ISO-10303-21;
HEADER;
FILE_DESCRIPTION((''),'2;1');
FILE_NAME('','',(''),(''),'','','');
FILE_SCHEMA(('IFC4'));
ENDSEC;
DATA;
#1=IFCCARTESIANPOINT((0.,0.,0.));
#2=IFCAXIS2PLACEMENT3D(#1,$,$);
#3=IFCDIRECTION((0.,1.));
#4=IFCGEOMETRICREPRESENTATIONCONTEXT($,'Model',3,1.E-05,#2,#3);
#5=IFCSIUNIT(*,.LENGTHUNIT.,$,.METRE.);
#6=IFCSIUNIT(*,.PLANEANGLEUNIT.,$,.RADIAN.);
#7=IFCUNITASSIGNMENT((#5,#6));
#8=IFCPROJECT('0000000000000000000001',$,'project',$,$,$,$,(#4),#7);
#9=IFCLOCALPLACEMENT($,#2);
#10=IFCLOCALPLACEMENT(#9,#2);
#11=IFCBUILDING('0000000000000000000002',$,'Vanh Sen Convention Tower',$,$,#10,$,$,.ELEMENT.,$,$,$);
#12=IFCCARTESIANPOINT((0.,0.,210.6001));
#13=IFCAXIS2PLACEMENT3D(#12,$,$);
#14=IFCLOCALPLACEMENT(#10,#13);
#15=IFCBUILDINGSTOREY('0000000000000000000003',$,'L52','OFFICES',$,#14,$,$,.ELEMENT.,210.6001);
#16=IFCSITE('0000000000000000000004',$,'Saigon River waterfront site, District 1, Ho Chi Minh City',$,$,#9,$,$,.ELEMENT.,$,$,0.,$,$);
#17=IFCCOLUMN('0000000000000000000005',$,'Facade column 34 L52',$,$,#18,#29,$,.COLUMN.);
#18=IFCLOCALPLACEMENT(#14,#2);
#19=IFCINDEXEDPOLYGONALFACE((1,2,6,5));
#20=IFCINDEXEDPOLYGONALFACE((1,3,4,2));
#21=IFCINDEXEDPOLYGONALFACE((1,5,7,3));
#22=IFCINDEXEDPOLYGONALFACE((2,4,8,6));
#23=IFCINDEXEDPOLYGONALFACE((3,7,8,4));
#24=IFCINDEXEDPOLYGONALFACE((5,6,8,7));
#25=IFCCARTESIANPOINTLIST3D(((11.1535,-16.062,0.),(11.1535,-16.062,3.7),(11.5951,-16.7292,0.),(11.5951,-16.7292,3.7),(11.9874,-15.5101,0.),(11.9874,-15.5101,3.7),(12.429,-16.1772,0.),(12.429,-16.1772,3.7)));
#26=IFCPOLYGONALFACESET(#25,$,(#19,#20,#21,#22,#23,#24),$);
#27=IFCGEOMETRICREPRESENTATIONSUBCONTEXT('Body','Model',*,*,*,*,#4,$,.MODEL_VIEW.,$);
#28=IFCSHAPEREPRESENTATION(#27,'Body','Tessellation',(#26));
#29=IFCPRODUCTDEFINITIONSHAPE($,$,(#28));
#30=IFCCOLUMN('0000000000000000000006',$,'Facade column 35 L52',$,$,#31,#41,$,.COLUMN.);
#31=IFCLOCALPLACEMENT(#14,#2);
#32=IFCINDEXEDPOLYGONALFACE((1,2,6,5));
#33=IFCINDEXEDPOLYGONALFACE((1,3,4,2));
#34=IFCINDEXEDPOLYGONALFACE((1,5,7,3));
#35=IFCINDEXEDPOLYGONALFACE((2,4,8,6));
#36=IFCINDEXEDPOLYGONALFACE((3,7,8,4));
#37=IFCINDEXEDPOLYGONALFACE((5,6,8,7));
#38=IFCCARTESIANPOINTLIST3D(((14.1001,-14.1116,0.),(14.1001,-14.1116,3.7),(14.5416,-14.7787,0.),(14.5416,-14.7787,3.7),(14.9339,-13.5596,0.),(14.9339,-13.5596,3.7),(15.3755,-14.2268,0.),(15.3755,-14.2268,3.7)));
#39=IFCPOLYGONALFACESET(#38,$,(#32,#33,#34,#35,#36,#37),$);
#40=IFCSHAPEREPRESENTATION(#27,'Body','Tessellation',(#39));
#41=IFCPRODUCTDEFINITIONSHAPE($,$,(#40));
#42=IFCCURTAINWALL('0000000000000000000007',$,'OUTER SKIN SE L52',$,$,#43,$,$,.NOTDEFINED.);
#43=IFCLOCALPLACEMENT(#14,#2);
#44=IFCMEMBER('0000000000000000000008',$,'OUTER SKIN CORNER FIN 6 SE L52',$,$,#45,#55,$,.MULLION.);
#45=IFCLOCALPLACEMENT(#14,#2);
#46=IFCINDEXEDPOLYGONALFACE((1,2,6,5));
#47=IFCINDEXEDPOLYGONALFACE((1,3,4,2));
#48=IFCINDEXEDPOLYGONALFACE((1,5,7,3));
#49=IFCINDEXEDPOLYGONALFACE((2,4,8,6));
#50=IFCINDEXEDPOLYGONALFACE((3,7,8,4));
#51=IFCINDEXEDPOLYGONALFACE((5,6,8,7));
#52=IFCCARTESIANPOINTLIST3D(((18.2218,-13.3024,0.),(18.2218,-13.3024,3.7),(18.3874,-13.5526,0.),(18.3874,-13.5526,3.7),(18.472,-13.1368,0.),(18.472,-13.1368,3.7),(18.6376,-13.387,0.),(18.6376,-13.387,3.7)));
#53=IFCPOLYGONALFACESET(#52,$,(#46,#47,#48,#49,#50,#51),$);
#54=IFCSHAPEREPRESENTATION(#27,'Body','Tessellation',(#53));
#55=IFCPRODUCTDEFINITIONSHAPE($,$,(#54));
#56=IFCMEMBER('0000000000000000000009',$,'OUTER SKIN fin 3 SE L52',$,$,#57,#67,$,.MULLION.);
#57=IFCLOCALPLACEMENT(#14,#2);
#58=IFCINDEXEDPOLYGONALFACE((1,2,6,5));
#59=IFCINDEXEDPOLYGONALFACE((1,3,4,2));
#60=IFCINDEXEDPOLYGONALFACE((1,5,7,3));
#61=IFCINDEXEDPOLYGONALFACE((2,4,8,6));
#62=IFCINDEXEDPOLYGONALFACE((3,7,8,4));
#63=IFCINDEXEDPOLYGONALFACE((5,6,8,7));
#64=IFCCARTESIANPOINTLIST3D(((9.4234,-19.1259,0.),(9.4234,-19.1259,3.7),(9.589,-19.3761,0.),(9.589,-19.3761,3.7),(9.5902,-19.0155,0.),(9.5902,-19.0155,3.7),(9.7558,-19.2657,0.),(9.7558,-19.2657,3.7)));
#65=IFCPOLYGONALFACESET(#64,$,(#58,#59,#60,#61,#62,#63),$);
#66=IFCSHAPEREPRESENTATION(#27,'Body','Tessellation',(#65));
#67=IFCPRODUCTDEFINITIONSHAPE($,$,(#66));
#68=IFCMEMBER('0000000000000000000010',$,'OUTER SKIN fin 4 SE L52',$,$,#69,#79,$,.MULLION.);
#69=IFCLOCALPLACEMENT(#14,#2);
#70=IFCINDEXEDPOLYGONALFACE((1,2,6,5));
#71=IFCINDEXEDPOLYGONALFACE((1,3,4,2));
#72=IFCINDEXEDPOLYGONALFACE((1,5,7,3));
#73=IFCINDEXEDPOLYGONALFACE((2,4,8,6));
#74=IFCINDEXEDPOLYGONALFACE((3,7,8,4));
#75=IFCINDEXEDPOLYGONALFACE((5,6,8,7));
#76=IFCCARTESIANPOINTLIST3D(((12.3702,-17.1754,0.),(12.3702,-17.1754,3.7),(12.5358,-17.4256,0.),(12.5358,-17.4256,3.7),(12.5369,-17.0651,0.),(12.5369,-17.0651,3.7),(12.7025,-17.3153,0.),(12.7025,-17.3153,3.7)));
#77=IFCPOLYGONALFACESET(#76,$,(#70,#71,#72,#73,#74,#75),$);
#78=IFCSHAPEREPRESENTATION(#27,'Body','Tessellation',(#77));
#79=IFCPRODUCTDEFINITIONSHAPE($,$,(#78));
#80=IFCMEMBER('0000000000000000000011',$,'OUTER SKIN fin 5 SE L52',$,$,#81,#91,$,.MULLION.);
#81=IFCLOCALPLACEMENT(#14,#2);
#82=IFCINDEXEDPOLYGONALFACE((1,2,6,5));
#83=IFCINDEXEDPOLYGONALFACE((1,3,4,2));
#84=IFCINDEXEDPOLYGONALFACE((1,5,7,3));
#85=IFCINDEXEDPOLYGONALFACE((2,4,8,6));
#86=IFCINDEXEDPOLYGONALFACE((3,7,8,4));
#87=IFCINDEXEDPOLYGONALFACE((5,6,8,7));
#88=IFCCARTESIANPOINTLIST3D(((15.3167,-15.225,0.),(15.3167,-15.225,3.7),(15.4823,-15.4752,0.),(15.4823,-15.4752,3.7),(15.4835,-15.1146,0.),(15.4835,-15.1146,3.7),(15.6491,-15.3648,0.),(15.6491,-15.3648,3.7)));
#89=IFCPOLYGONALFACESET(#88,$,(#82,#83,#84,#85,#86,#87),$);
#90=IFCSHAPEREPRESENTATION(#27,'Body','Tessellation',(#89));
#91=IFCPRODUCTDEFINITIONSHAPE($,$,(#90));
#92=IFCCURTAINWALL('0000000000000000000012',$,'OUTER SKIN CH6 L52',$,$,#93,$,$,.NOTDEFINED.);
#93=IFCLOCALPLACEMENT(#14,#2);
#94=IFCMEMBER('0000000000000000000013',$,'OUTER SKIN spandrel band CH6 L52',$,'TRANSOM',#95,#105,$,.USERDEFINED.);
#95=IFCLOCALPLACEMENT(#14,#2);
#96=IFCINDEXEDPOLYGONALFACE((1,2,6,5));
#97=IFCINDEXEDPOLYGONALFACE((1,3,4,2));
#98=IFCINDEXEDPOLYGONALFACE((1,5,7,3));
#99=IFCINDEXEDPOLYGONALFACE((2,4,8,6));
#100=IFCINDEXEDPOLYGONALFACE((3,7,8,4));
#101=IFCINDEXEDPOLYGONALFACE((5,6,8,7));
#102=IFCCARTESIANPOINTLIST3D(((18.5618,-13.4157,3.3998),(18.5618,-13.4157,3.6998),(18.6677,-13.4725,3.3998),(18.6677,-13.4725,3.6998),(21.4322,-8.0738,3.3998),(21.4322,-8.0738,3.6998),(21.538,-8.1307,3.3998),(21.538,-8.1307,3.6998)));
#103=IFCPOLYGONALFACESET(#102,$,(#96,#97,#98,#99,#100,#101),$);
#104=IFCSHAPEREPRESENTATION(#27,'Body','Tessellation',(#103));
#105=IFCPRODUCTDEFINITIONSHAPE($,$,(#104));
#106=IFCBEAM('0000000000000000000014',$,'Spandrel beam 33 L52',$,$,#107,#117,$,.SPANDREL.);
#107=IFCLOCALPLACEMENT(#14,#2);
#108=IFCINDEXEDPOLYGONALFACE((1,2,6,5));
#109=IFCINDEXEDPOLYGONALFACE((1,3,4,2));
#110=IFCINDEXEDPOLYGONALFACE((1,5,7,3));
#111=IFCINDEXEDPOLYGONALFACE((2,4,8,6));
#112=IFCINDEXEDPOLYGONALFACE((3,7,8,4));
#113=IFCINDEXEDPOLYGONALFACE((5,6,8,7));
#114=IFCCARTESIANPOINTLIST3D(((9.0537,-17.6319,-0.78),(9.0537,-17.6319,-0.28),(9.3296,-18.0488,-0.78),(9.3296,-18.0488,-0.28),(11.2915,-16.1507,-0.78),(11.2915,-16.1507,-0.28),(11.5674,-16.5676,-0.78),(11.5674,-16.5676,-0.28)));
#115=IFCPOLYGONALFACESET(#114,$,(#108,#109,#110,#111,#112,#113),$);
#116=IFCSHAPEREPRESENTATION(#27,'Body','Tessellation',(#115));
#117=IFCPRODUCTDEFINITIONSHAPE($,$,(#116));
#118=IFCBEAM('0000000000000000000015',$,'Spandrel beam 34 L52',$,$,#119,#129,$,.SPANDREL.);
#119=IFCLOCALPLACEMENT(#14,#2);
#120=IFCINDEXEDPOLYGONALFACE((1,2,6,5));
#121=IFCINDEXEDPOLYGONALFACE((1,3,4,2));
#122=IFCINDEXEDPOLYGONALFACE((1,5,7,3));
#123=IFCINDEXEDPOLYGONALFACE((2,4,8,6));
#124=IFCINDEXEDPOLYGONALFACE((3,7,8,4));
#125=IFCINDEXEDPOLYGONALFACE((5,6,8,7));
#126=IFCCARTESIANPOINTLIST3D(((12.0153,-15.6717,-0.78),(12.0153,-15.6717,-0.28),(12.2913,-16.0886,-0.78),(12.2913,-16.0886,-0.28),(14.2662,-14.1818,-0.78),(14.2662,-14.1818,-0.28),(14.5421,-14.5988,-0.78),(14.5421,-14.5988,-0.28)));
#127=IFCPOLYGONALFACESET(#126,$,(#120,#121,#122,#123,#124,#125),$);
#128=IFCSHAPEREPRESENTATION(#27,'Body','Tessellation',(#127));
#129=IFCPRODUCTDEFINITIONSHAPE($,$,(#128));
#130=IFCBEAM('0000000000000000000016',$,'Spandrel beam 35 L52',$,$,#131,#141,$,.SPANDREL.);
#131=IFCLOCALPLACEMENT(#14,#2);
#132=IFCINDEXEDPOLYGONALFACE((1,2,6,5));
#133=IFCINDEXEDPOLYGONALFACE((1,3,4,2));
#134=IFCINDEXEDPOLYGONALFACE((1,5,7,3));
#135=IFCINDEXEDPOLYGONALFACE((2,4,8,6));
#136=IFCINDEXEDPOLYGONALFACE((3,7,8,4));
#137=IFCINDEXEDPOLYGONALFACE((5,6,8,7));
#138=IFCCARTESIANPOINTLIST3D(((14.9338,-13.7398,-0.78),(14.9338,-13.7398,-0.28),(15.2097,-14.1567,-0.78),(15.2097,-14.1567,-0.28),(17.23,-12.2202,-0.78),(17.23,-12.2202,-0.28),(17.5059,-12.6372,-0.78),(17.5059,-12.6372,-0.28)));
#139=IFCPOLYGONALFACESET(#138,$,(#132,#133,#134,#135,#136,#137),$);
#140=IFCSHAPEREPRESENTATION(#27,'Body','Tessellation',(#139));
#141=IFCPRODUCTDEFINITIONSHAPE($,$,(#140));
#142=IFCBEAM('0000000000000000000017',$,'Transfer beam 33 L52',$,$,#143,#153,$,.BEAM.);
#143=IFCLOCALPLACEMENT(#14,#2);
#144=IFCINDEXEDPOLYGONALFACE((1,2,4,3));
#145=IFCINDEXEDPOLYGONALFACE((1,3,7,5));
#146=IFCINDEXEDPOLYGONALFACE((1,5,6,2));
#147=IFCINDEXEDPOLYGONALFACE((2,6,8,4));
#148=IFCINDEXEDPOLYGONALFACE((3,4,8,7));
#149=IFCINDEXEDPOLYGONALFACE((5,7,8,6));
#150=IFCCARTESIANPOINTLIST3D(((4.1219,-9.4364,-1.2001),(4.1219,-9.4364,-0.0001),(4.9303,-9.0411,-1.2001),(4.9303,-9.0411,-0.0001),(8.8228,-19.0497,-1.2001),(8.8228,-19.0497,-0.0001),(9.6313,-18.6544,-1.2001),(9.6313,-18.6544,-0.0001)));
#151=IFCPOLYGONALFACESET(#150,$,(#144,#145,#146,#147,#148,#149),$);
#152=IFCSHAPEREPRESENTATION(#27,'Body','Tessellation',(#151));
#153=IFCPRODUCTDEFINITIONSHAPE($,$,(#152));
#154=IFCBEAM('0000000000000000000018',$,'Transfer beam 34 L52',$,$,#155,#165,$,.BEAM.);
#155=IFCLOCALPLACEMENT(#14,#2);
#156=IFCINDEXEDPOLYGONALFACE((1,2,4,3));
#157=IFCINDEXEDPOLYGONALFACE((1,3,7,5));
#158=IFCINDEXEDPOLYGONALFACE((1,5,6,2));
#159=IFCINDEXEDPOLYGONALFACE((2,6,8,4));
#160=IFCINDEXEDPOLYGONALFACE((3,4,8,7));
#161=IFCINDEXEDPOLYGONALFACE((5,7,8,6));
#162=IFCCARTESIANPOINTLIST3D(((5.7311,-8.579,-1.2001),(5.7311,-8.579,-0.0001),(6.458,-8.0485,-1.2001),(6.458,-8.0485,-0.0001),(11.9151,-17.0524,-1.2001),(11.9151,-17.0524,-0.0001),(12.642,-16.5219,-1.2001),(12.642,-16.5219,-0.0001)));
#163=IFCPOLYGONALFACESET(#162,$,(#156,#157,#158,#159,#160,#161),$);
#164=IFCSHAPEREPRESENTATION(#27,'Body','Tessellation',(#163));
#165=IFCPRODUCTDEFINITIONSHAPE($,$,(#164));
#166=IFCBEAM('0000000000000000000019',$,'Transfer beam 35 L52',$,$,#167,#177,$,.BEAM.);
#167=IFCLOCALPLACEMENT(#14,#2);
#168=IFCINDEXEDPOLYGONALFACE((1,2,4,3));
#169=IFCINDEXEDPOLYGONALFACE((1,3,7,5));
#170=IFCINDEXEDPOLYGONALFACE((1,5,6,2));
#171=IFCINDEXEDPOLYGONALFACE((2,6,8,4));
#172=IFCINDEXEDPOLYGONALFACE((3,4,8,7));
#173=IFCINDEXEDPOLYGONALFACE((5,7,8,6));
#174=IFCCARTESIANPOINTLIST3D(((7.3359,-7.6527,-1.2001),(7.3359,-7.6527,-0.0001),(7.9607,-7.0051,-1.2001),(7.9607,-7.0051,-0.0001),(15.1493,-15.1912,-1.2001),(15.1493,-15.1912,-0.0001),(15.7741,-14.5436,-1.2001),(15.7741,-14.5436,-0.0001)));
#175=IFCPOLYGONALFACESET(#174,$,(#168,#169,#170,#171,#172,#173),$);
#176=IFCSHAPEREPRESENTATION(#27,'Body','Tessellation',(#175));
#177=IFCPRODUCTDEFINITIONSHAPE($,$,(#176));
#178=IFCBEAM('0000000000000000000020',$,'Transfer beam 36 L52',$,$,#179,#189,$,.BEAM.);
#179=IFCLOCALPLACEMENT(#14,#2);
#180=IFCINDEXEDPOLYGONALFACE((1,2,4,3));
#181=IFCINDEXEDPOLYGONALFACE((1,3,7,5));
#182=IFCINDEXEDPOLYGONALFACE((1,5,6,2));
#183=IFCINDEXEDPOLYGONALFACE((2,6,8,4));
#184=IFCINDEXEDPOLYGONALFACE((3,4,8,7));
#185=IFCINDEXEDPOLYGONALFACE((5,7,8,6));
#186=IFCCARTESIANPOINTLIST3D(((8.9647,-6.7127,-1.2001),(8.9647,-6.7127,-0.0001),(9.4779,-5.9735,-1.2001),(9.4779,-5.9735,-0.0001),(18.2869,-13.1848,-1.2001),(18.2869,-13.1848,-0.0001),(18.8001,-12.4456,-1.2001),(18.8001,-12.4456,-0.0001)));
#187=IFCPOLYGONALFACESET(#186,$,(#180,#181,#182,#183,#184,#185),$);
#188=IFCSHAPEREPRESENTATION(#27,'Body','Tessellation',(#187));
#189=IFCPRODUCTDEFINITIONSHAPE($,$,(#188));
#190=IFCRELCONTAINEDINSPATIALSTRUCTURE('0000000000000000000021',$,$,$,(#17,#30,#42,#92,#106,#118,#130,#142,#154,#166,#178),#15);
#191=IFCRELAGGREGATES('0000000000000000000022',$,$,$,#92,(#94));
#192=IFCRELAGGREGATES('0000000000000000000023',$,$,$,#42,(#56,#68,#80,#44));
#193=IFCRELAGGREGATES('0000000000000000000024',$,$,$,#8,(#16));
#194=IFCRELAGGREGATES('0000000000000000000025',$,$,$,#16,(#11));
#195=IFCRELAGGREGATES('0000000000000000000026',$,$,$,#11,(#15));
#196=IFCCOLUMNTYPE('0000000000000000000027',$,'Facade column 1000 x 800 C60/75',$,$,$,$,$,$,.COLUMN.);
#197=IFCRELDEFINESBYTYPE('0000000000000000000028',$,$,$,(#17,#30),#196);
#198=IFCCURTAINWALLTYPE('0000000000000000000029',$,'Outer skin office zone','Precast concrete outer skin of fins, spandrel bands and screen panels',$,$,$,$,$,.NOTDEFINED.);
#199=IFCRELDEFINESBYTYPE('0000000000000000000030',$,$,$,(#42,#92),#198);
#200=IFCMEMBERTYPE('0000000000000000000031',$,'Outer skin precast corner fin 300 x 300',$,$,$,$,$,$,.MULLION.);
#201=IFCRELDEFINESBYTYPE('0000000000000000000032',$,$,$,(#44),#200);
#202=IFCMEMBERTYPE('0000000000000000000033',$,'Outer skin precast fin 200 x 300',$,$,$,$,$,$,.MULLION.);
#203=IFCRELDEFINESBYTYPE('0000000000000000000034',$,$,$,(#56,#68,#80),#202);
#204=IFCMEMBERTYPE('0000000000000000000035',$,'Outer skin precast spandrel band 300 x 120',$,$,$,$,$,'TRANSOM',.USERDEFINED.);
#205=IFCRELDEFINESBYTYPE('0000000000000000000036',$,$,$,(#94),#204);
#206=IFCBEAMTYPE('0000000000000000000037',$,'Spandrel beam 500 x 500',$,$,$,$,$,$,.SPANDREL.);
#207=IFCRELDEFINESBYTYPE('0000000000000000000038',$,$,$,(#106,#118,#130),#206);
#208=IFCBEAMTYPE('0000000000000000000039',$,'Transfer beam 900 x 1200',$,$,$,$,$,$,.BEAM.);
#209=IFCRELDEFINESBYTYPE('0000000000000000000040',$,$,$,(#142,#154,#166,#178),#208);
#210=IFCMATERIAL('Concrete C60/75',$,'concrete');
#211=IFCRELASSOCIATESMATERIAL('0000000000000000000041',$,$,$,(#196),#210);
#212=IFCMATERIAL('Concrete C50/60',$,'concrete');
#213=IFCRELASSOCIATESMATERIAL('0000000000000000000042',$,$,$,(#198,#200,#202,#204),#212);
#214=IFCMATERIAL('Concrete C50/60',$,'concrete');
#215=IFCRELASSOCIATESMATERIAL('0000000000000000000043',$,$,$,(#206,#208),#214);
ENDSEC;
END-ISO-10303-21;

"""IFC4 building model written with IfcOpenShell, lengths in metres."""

from ifc_helpers import new_model, si_unit, direction, frame, origin, origin_2d, place, context, subcontext, project, spatial, rectangle, extrude, material, material_profile, profile_set, type_object, element, aggregate, save


model = new_model("IFC4")

# Units and contexts
model_context = context("Model", 3, precision=1e-05, world=origin(), true_north=direction((0.0, 1.0)))
body_context = subcontext(model_context, "Body", "Model", "MODEL_VIEW")
ifc_project = project(units=[si_unit("LENGTHUNIT", "METRE"), si_unit("PLANEANGLEUNIT", "RADIAN")], contexts=[model_context])

# Site, building, storey
site_placement = place(None, origin())
site = spatial("IfcSite", under=ifc_project, at=site_placement, Name="Saigon River waterfront site, District 1, Ho Chi Minh City", CompositionType="ELEMENT", RefElevation=0.0)
building_placement = place(site_placement, origin())
building = spatial("IfcBuilding", under=site, at=building_placement, Name="Vanh Sen Convention Tower", CompositionType="ELEMENT")
storey_placement = place(building_placement, frame((0.0, 0.0, 210.6001)))
storey = spatial("IfcBuildingStorey", under=building, at=storey_placement, Name="L52", Description="OFFICES", CompositionType="ELEMENT", Elevation=210.6001)

# Columns
ifc_material_1 = material(Name="Concrete C60/75", Category="concrete")
ifc_material_profile_1 = material_profile(ifc_material_1, rectangle(XDim=1.0, YDim=0.8, at=origin_2d()), Name="RC 1000X800")
ifc_profile_set_1 = profile_set([ifc_material_profile_1], Name="Concrete C60/75")
column_type = type_object("IfcColumnType", Name="Facade column 1000 x 800 C60/75", PredefinedType="COLUMN", material=ifc_profile_set_1)
for number, where, z_axis, x_axis, name in (
    (1, (11.7913, -16.1196, 0.0), (0.0, 0.0, 1.0), (0.833886, 0.551937, 0.0), "Facade column 34 L52"),
    (2, (14.7378, -14.1692, 0.0), (0.0, 0.0, 1.0), (0.833886, 0.551937, 0.0), "Facade column 35 L52"),
):
    element("IfcColumn", number, at=place(storey_placement, frame(where, z_axis=z_axis, x_axis=x_axis)), inside=storey, type_object=column_type, Name=name, PredefinedType="COLUMN", context=body_context, shape_type="SweptSolid", body=[
        extrude(rectangle(XDim=1.0, YDim=0.8, at=origin_2d()), origin(), (0.0, 0.0, 1.0), 3.7),
    ])

# Curtain wall, members
ifc_material_2 = material(Name="Concrete C50/60", Category="concrete")
curtain_wall_type = type_object("IfcCurtainWallType", Name="Outer skin office zone", Description="Precast concrete outer skin of fins, spandrel bands and screen panels", PredefinedType="NOTDEFINED", material=ifc_material_2)
curtain_wall_1_placement = place(storey_placement, origin())
curtain_wall_1 = element("IfcCurtainWall", 3, at=curtain_wall_1_placement, inside=storey, type_object=curtain_wall_type, Name="OUTER SKIN SE L52", PredefinedType="NOTDEFINED")
ifc_material_profile_2 = material_profile(ifc_material_2, rectangle(XDim=0.3, YDim=0.3, at=origin_2d()), Name="Outer skin precast corner fin 300 x 300")
ifc_profile_set_2 = profile_set([ifc_material_profile_2], Name="Concrete C50/60")
member_type_1 = type_object("IfcMemberType", Name="Outer skin precast corner fin 300 x 300", PredefinedType="MULLION", material=ifc_profile_set_2)
member_1_placement = place(storey_placement, frame((18.4297, -13.3447, 0.0), z_axis=(0.0, 0.0, 1.0), x_axis=(0.833886, 0.551937, 0.0)))
member_1 = element("IfcMember", 4, at=member_1_placement, type_object=member_type_1, Name="OUTER SKIN CORNER FIN 6 SE L52", PredefinedType="MULLION", context=body_context, shape_type="SweptSolid", body=[
    extrude(rectangle(XDim=0.3, YDim=0.3, at=origin_2d()), origin(), (0.0, 0.0, 1.0), 3.7),
])
ifc_material_profile_3 = material_profile(ifc_material_2, rectangle(XDim=0.2, YDim=0.3, at=origin_2d()), Name="Outer skin precast fin 200 x 300")
ifc_profile_set_3 = profile_set([ifc_material_profile_3], Name="Concrete C50/60")
member_type_2 = type_object("IfcMemberType", Name="Outer skin precast fin 200 x 300", PredefinedType="MULLION", material=ifc_profile_set_3)
member_2_placement = place(storey_placement, frame((9.5896, -19.1958, 0.0), z_axis=(0.0, 0.0, 1.0), x_axis=(0.833886, 0.551937, 0.0)))
member_2 = element("IfcMember", 5, at=member_2_placement, type_object=member_type_2, Name="OUTER SKIN fin 3 SE L52", PredefinedType="MULLION", context=body_context, shape_type="SweptSolid", body=[
    extrude(rectangle(XDim=0.2, YDim=0.3, at=origin_2d()), origin(), (0.0, 0.0, 1.0), 3.7),
])
member_3_placement = place(storey_placement, frame((12.5364, -17.2454, 0.0), z_axis=(0.0, 0.0, 1.0), x_axis=(0.833886, 0.551937, 0.0)))
member_3 = element("IfcMember", 6, at=member_3_placement, type_object=member_type_2, Name="OUTER SKIN fin 4 SE L52", PredefinedType="MULLION", context=body_context, shape_type="SweptSolid", body=[
    extrude(rectangle(XDim=0.2, YDim=0.3, at=origin_2d()), origin(), (0.0, 0.0, 1.0), 3.7),
])
member_4_placement = place(storey_placement, frame((15.4829, -15.2949, 0.0), z_axis=(0.0, 0.0, 1.0), x_axis=(0.833886, 0.551937, 0.0)))
member_4 = element("IfcMember", 7, at=member_4_placement, type_object=member_type_2, Name="OUTER SKIN fin 5 SE L52", PredefinedType="MULLION", context=body_context, shape_type="SweptSolid", body=[
    extrude(rectangle(XDim=0.2, YDim=0.3, at=origin_2d()), origin(), (0.0, 0.0, 1.0), 3.7),
])

# Curtain wall, member
curtain_wall_2_placement = place(storey_placement, origin())
curtain_wall_2 = element("IfcCurtainWall", 8, at=curtain_wall_2_placement, inside=storey, type_object=curtain_wall_type, Name="OUTER SKIN CH6 L52", PredefinedType="NOTDEFINED")
ifc_material_profile_4 = material_profile(ifc_material_2, rectangle(XDim=0.1201, YDim=0.3, at=origin_2d()), Name="Outer skin precast spandrel band 300 x 120")
ifc_profile_set_4 = profile_set([ifc_material_profile_4], Name="Concrete C50/60")
member_type_3 = type_object("IfcMemberType", Name="Outer skin precast spandrel band 300 x 120", ElementType="TRANSOM", PredefinedType="USERDEFINED", material=ifc_profile_set_4)
member_5_placement = place(storey_placement, frame((18.6147, -13.4441, 3.5498), z_axis=(0.473334, 0.880883, 0.0), x_axis=(-0.880883, 0.473334, 0.0)))
member_5 = element("IfcMember", 9, at=member_5_placement, type_object=member_type_3, Name="OUTER SKIN spandrel band CH6 L52", ObjectType="TRANSOM", PredefinedType="USERDEFINED", context=body_context, shape_type="SweptSolid", body=[
    extrude(rectangle(XDim=0.1201, YDim=0.3, at=origin_2d()), origin(), (0.0, 0.0, 1.0), 6.0642),
])
aggregate(curtain_wall_2, [member_5])

# Beams
ifc_material_3 = material(Name="Concrete C50/60", Category="concrete")
ifc_material_profile_5 = material_profile(ifc_material_3, rectangle(XDim=0.5, YDim=0.5, at=origin_2d()), Name="RC 500X500")
ifc_profile_set_5 = profile_set([ifc_material_profile_5], Name="Concrete C50/60")
beam_type_1 = type_object("IfcBeamType", Name="Spandrel beam 500 x 500", PredefinedType="SPANDREL", material=ifc_profile_set_5)
beam_1_placement = place(storey_placement, frame((9.1917, -17.8403, -0.53), z_axis=(0.833879, 0.551947, 0.0), x_axis=(-0.551947, 0.833879, 0.0)))
element("IfcBeam", 10, at=beam_1_placement, inside=storey, type_object=beam_type_1, Name="Spandrel beam 33 L52", PredefinedType="SPANDREL", context=body_context, shape_type="SweptSolid", body=[
    extrude(rectangle(XDim=0.5, YDim=0.5, at=origin_2d()), origin(), (0.0, 0.0, 1.0), 2.6836),
])
beam_2_placement = place(storey_placement, frame((12.1533, -15.8801, -0.53), z_axis=(0.833883, 0.551942, 0.0), x_axis=(-0.551942, 0.833883, 0.0)))
element("IfcBeam", 11, at=beam_2_placement, inside=storey, type_object=beam_type_1, Name="Spandrel beam 34 L52", PredefinedType="SPANDREL", context=body_context, shape_type="SweptSolid", body=[
    extrude(rectangle(XDim=0.5, YDim=0.5, at=origin_2d()), origin(), (0.0, 0.0, 1.0), 2.6992),
])
beam_3_placement = place(storey_placement, frame((15.0718, -13.9482, -0.53), z_axis=(0.833928, 0.551873, 0.0), x_axis=(-0.551873, 0.833928, 0.0)))
element("IfcBeam", 12, at=beam_3_placement, inside=storey, type_object=beam_type_1, Name="Spandrel beam 35 L52", PredefinedType="SPANDREL", context=body_context, shape_type="SweptSolid", body=[
    extrude(rectangle(XDim=0.5, YDim=0.5, at=origin_2d()), origin(), (0.0, 0.0, 1.0), 2.7534),
])
ifc_material_profile_6 = material_profile(ifc_material_3, rectangle(XDim=0.8999, YDim=1.2, at=origin_2d()), Name="RC 900X1200")
ifc_profile_set_6 = profile_set([ifc_material_profile_6], Name="Concrete C50/60")
beam_type_2 = type_object("IfcBeamType", Name="Transfer beam 900 x 1200", PredefinedType="BEAM", material=ifc_profile_set_6)
beam_4_placement = place(storey_placement, frame((9.2271, -18.8521, -0.6001), z_axis=(-0.439293, 0.898344, 0.0), x_axis=(-0.898344, -0.439293, 0.0)))
element("IfcBeam", 13, at=beam_4_placement, inside=storey, type_object=beam_type_2, Name="Transfer beam 33 L52", PredefinedType="BEAM", context=body_context, shape_type="SweptSolid", body=[
    extrude(rectangle(XDim=0.8999, YDim=1.2, at=origin_2d()), origin(), (0.0, 0.0, 1.0), 10.7012),
])
beam_5_placement = place(storey_placement, frame((12.2786, -16.7871, -0.6001), z_axis=(-0.589519, 0.807755, 0.0), x_axis=(-0.807755, -0.589519, 0.0)))
element("IfcBeam", 14, at=beam_5_placement, inside=storey, type_object=beam_type_2, Name="Transfer beam 34 L52", PredefinedType="BEAM", context=body_context, shape_type="SweptSolid", body=[
    extrude(rectangle(XDim=0.8999, YDim=1.2, at=origin_2d()), origin(), (0.0, 0.0, 1.0), 10.49),
])
beam_6_placement = place(storey_placement, frame((15.4617, -14.8674, -0.6001), z_axis=(-0.719653, 0.694334, 0.0), x_axis=(-0.694334, -0.719653, 0.0)))
element("IfcBeam", 15, at=beam_6_placement, inside=storey, type_object=beam_type_2, Name="Transfer beam 35 L52", PredefinedType="BEAM", context=body_context, shape_type="SweptSolid", body=[
    extrude(rectangle(XDim=0.8999, YDim=1.2, at=origin_2d()), origin(), (0.0, 0.0, 1.0), 10.8572),
])
beam_7_placement = place(storey_placement, frame((18.5435, -12.8152, -0.6001), z_axis=(-0.821437, 0.570299, 0.0), x_axis=(-0.570299, -0.821437, 0.0)))
element("IfcBeam", 16, at=beam_7_placement, inside=storey, type_object=beam_type_2, Name="Transfer beam 36 L52", PredefinedType="BEAM", context=body_context, shape_type="SweptSolid", body=[
    extrude(rectangle(XDim=0.8999, YDim=1.2, at=origin_2d()), origin(), (0.0, 0.0, 1.0), 11.3486),
])

aggregate(curtain_wall_1, [member_2, member_3, member_4, member_1])

save(model, "model.ifc")
